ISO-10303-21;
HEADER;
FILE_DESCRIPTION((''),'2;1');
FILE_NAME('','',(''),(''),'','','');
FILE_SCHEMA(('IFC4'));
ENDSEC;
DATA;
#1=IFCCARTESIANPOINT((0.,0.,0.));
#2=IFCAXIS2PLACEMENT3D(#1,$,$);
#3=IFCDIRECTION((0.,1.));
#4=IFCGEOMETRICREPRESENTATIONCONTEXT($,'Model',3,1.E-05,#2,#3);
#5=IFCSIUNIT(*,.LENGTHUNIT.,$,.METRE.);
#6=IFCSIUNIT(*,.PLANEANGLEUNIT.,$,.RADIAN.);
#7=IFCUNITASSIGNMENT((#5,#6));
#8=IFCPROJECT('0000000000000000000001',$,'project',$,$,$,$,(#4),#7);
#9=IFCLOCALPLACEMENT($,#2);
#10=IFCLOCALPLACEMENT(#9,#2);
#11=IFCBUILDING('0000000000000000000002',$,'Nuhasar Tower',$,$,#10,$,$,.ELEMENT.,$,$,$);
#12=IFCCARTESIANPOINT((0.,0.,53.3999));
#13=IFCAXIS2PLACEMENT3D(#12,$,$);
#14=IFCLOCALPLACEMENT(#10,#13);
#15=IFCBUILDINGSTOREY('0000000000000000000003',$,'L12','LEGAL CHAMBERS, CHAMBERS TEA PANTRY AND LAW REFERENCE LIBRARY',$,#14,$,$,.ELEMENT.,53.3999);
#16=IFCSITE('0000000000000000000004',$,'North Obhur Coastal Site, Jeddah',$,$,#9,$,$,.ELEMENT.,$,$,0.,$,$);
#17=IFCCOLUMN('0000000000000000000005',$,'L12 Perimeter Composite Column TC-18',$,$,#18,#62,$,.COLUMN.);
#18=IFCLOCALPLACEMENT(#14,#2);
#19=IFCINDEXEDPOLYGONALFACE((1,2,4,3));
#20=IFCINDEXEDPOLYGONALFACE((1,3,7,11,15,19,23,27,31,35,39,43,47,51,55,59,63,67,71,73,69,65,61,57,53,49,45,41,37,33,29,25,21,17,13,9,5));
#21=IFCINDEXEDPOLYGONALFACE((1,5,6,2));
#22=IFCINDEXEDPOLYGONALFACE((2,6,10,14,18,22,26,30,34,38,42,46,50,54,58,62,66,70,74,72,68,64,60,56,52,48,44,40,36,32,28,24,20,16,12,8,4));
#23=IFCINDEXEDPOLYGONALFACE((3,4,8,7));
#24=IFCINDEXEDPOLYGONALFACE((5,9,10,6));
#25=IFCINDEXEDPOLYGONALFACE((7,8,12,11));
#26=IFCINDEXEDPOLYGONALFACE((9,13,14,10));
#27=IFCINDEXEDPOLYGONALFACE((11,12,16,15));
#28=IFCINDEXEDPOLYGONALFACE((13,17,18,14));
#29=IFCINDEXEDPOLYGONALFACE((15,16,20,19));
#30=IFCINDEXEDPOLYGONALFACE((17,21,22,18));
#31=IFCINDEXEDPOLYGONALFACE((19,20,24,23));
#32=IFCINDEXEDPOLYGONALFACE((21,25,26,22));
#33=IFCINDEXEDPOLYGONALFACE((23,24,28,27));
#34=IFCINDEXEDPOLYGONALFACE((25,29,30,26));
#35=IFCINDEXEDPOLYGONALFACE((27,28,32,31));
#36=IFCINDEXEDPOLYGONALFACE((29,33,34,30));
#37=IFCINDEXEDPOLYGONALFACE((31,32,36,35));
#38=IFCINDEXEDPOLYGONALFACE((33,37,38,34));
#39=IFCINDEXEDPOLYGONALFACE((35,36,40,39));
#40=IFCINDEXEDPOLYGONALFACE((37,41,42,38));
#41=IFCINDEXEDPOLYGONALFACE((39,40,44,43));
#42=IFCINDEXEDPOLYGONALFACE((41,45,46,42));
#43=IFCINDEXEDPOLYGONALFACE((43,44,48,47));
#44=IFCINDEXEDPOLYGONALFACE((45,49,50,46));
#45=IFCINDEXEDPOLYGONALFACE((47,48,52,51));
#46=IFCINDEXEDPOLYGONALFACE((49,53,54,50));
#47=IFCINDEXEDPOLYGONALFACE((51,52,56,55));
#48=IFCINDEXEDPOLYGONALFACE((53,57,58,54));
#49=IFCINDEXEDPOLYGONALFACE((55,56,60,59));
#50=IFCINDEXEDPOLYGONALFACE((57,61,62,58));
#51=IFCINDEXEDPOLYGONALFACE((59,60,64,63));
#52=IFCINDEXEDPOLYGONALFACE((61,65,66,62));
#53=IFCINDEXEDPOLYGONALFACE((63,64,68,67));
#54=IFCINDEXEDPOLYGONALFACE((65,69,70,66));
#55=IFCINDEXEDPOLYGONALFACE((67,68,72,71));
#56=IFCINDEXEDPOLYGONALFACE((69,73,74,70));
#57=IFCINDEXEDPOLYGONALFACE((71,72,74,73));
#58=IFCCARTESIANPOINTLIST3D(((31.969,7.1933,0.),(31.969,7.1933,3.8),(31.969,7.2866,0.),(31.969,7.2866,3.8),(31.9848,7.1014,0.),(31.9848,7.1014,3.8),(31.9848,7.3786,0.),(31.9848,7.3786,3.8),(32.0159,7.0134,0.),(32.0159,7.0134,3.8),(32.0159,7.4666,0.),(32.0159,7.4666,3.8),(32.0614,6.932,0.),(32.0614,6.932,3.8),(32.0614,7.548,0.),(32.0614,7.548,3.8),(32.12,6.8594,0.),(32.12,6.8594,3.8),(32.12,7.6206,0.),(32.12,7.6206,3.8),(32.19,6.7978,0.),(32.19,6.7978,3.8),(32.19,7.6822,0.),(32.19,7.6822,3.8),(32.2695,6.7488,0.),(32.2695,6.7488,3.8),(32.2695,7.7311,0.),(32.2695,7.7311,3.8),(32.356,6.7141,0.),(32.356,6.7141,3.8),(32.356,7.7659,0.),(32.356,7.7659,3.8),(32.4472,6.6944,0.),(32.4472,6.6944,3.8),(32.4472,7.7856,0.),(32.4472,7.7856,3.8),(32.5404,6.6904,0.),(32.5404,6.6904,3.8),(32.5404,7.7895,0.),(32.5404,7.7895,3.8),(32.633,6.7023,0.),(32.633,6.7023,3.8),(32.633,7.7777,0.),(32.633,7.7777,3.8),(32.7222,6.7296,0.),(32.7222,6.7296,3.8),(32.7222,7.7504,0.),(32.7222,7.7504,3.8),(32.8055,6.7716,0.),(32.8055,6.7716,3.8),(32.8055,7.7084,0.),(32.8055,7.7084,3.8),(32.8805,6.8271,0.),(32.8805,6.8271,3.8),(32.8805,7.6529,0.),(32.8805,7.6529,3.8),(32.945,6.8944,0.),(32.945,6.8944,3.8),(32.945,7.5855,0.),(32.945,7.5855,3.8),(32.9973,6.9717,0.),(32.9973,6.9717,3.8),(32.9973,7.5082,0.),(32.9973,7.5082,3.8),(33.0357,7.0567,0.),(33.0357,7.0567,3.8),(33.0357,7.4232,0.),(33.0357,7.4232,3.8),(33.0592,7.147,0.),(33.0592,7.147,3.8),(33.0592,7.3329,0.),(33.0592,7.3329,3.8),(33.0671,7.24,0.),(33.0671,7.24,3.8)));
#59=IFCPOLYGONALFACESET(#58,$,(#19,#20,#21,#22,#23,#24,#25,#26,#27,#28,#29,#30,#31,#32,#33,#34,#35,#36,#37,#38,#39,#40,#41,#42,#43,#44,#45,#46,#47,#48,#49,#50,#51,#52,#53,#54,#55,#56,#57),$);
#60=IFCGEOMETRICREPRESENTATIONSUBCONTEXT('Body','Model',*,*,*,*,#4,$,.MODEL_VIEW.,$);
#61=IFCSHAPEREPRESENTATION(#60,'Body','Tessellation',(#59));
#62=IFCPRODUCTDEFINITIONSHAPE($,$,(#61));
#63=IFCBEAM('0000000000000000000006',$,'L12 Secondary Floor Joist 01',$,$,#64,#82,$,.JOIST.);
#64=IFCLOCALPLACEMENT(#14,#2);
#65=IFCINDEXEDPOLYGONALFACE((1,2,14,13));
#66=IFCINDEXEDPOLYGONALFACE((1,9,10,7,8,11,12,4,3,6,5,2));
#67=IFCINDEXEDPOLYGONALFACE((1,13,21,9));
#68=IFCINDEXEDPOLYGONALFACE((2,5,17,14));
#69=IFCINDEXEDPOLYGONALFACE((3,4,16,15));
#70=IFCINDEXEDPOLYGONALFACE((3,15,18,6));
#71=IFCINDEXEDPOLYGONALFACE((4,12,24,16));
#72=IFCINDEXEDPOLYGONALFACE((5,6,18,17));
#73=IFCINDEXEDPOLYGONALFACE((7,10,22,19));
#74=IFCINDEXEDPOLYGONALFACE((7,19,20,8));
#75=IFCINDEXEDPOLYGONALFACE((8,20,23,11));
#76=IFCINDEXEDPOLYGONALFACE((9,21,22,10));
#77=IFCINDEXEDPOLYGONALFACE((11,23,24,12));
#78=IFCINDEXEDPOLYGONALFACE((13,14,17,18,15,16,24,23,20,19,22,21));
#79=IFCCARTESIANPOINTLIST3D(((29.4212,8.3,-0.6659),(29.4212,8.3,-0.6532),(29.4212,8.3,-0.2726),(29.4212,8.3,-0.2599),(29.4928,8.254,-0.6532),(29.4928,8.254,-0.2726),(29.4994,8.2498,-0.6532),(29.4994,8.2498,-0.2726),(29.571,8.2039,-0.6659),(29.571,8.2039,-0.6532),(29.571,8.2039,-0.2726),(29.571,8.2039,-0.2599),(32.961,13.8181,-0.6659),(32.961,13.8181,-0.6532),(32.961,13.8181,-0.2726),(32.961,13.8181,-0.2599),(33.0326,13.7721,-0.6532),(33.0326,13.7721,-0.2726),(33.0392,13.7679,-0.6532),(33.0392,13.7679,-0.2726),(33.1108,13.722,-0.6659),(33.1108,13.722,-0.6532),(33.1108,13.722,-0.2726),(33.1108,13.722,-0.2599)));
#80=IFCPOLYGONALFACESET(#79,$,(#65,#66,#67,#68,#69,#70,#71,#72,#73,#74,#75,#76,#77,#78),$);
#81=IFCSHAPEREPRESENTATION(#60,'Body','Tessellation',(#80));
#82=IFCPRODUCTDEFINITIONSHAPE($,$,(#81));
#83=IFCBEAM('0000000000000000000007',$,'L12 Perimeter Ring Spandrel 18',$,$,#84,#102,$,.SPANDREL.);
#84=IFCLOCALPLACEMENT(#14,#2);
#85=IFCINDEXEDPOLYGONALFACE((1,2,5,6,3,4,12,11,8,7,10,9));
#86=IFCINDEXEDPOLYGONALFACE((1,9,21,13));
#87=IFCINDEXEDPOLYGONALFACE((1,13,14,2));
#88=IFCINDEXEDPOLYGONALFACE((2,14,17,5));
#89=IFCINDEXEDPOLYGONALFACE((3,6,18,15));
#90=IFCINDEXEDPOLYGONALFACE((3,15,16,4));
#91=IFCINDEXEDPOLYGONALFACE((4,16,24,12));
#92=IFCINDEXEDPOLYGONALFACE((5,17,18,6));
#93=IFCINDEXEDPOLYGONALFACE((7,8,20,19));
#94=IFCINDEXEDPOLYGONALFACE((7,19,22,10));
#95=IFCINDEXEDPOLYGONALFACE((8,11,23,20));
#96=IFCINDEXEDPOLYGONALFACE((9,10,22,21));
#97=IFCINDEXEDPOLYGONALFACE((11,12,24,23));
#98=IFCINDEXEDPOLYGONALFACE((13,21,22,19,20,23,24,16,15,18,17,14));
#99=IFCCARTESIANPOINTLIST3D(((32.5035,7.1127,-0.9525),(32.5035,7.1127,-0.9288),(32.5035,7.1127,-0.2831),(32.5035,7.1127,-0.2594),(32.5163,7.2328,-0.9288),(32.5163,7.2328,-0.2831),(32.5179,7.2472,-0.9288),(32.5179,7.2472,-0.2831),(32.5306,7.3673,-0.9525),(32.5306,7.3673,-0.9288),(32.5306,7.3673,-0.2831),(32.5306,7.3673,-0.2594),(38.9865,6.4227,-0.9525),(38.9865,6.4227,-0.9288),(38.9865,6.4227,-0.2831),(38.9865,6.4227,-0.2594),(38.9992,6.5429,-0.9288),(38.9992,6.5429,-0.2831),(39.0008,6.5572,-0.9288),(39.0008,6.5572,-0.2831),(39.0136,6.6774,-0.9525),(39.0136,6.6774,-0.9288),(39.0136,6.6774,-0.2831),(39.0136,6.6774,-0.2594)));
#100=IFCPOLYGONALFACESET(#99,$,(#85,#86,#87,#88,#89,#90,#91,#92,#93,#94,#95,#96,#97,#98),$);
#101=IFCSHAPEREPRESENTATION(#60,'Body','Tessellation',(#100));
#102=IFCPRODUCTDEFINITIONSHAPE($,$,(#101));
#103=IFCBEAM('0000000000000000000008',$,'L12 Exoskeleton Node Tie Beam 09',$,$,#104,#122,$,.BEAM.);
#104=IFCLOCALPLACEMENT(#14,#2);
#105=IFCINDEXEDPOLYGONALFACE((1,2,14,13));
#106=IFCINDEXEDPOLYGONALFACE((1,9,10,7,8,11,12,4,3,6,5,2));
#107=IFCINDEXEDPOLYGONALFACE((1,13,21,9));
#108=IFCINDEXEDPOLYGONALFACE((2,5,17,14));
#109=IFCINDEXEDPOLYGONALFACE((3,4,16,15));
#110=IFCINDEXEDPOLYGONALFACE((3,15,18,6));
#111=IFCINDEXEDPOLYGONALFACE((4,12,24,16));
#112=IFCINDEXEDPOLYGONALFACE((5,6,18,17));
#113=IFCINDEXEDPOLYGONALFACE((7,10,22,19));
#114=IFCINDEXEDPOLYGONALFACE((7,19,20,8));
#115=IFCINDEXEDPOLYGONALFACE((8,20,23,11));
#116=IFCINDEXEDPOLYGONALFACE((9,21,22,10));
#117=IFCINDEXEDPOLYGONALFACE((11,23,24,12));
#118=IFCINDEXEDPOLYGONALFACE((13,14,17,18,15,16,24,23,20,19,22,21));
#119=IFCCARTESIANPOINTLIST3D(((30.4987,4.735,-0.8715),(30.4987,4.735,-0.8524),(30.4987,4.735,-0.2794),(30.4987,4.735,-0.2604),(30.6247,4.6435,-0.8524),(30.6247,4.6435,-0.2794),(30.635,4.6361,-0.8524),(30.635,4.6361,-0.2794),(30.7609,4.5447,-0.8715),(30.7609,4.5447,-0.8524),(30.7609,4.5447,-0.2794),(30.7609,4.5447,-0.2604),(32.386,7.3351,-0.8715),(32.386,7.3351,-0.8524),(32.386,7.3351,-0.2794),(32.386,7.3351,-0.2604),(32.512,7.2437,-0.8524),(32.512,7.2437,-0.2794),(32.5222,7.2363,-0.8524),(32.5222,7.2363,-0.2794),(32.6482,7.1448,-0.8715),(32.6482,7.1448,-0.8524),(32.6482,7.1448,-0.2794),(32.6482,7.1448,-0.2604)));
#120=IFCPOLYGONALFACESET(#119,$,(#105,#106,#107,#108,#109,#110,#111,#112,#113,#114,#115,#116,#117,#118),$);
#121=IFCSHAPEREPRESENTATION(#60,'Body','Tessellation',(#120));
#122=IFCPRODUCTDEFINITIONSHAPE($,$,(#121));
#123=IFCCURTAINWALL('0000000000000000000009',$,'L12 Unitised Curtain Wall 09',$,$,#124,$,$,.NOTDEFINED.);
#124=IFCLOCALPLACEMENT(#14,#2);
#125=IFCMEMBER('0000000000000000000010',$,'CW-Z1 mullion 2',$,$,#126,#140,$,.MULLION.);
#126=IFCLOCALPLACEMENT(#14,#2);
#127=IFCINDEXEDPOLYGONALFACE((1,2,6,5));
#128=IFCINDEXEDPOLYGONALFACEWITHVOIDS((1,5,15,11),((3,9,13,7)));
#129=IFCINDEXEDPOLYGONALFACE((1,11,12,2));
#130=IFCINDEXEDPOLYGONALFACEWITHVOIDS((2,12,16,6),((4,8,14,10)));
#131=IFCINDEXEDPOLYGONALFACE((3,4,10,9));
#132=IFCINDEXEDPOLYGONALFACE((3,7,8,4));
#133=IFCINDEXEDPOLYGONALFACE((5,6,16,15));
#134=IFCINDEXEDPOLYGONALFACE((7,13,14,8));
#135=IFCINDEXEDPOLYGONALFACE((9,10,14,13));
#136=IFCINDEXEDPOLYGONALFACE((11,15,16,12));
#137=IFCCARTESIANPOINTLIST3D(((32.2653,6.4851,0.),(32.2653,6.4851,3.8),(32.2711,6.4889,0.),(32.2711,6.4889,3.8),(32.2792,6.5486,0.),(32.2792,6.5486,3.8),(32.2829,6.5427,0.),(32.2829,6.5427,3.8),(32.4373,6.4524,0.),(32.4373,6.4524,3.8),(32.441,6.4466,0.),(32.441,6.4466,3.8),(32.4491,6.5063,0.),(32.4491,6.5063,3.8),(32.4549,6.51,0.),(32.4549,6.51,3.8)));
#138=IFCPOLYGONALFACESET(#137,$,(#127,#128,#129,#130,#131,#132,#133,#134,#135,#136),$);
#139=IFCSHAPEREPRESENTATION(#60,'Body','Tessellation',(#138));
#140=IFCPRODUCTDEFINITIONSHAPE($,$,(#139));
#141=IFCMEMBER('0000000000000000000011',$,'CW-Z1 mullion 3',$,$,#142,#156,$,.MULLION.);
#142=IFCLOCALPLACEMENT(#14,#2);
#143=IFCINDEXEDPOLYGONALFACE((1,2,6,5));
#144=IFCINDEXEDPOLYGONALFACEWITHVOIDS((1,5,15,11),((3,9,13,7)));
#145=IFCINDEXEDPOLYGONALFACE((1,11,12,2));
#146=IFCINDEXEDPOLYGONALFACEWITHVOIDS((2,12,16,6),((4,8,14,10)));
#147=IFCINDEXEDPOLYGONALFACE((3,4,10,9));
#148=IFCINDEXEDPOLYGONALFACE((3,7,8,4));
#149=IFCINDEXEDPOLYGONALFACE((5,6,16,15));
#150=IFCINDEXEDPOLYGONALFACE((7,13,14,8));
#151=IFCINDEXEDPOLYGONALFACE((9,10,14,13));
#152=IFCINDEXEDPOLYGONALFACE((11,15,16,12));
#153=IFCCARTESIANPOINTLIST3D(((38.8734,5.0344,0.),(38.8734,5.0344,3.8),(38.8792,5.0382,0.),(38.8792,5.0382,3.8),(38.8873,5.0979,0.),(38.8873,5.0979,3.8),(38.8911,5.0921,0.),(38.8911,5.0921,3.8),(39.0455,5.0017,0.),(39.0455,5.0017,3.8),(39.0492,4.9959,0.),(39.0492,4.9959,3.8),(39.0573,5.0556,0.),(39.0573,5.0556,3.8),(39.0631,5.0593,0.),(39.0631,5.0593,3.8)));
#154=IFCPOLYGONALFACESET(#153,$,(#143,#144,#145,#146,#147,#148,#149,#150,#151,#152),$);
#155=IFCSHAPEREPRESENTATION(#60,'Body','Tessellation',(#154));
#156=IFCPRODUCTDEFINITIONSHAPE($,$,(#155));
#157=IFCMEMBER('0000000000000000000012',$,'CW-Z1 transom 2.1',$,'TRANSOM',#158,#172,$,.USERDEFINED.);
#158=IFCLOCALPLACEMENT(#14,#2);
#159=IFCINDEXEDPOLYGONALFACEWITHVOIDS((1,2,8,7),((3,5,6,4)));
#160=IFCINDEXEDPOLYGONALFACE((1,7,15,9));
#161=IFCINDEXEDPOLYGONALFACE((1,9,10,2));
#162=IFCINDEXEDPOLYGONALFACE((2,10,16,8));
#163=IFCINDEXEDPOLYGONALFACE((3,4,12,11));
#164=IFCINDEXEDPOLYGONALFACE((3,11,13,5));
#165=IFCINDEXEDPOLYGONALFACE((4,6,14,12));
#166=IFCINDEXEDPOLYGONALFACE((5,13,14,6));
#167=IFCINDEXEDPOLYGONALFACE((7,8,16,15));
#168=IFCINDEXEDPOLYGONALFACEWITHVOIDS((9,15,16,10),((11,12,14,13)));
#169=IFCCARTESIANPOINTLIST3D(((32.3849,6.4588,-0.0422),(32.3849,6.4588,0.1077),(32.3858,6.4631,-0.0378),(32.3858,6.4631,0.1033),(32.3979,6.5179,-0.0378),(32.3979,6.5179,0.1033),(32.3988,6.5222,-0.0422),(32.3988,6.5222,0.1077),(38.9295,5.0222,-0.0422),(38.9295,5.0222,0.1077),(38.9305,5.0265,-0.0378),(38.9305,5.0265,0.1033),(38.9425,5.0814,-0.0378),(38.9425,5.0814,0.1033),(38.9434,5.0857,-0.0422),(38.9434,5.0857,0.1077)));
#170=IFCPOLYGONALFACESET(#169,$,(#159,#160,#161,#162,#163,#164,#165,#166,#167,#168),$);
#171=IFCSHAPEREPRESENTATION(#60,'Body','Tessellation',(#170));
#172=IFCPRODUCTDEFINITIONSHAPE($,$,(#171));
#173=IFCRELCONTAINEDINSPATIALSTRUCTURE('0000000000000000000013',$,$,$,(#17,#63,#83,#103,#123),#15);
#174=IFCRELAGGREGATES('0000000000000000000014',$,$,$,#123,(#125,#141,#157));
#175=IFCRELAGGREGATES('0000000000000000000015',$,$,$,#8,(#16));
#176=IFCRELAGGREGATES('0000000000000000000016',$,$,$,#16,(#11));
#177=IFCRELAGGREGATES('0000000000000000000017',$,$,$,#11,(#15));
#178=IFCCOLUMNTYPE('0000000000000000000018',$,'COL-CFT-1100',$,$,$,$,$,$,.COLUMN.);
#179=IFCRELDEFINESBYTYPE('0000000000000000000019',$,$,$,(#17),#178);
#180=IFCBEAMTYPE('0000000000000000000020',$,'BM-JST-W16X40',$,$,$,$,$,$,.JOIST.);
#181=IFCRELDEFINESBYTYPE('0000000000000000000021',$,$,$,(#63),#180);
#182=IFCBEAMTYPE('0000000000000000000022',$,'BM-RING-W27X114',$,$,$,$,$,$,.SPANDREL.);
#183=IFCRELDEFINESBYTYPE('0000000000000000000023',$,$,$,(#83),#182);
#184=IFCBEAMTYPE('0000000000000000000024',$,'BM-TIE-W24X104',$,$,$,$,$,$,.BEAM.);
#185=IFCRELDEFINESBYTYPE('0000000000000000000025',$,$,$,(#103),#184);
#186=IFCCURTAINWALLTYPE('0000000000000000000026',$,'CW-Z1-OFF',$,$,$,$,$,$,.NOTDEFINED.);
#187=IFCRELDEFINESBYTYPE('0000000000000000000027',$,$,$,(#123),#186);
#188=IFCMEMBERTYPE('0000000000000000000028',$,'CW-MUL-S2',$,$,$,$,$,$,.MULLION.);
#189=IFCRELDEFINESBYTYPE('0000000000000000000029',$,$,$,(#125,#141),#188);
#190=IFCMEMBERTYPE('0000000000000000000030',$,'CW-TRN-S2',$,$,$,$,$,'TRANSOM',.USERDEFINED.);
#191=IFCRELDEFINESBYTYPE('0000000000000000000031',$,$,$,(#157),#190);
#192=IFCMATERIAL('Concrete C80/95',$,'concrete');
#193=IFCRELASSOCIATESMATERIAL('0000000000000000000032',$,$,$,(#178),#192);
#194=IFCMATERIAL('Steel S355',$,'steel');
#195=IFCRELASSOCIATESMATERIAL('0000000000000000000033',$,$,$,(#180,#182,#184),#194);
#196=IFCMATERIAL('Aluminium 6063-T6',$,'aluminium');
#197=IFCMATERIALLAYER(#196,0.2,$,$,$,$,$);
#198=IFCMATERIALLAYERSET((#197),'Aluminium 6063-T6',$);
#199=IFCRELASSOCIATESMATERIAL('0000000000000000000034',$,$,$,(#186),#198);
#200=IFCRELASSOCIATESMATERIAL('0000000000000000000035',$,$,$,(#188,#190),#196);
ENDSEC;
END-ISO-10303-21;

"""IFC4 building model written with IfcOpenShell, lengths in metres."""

from ifc_helpers import new_model, si_unit, direction, frame, origin, origin_2d, place, context, subcontext, project, spatial, hollow_rectangle, circle, i_section, extrude, material, layer, layer_set, material_profile, profile_set, type_object, element, aggregate, save


model = new_model("IFC4")

# Units and contexts
model_context = context("Model", 3, precision=1e-05, world=origin(), true_north=direction((0.0, 1.0)))
body_context = subcontext(model_context, "Body", "Model", "MODEL_VIEW")
ifc_project = project(units=[si_unit("LENGTHUNIT", "METRE"), si_unit("PLANEANGLEUNIT", "RADIAN")], contexts=[model_context])

# Site, building, storey
site_placement = place(None, origin())
site = spatial("IfcSite", under=ifc_project, at=site_placement, Name="North Obhur Coastal Site, Jeddah", CompositionType="ELEMENT", RefElevation=0.0)
building_placement = place(site_placement, origin())
building = spatial("IfcBuilding", under=site, at=building_placement, Name="Nuhasar Tower", CompositionType="ELEMENT")
storey_placement = place(building_placement, frame((0.0, 0.0, 53.3999)))
storey = spatial("IfcBuildingStorey", under=building, at=storey_placement, Name="L12", Description="LEGAL CHAMBERS, CHAMBERS TEA PANTRY AND LAW REFERENCE LIBRARY", CompositionType="ELEMENT", Elevation=53.3999)

# Column
ifc_material_1 = material(Name="Concrete C80/95", Category="concrete")
ifc_material_profile_1 = material_profile(ifc_material_1, circle(Radius=0.55, at=origin_2d()), Name="CFT1100")
ifc_profile_set_1 = profile_set([ifc_material_profile_1], Name="Concrete C80/95")
column_type = type_object("IfcColumnType", Name="COL-CFT-1100", PredefinedType="COLUMN", material=ifc_profile_set_1)
column_placement = place(storey_placement, frame((32.5171, 7.24, 0.0), z_axis=(0.0, 0.0, 1.0), x_axis=(1.0, 0.0, 0.0)))
element("IfcColumn", 1, at=column_placement, inside=storey, type_object=column_type, Name="L12 Perimeter Composite Column TC-18", PredefinedType="COLUMN", context=body_context, shape_type="SweptSolid", body=[
    extrude(circle(Radius=0.55, at=origin_2d()), origin(), (0.0, 0.0, 1.0), 3.8),
])

# Beams
ifc_material_2 = material(Name="Steel S355", Category="steel")
ifc_material_profile_2 = material_profile(ifc_material_2, i_section(OverallWidth=0.178, OverallDepth=0.406, WebThickness=0.0078, FlangeThickness=0.0127, at=origin_2d()), Name="W16X40")
ifc_profile_set_2 = profile_set([ifc_material_profile_2], Name="Steel S355")
beam_type_1 = type_object("IfcBeamType", Name="BM-JST-W16X40", PredefinedType="JOIST", material=ifc_profile_set_2)
beam_1_placement = place(storey_placement, frame((33.0359, 13.77, -0.4629), z_axis=(-0.539944, -0.841701, 0.0), x_axis=(0.841701, -0.539944, 0.0)))
element("IfcBeam", 2, at=beam_1_placement, inside=storey, type_object=beam_type_1, Name="L12 Secondary Floor Joist 01", PredefinedType="JOIST", context=body_context, shape_type="SweptSolid", body=[
    extrude(i_section(OverallWidth=0.178, OverallDepth=0.406, WebThickness=0.0078, FlangeThickness=0.0127, at=origin_2d()), origin(), (0.0, 0.0, 1.0), 6.5559),
])
ifc_material_profile_3 = material_profile(ifc_material_2, i_section(OverallWidth=0.2561, OverallDepth=0.6931, WebThickness=0.0144, FlangeThickness=0.0237, at=origin_2d()), Name="W27X114")
ifc_profile_set_3 = profile_set([ifc_material_profile_3], Name="Steel S355")
beam_type_2 = type_object("IfcBeamType", Name="BM-RING-W27X114", PredefinedType="SPANDREL", material=ifc_profile_set_3)
beam_2_placement = place(storey_placement, frame((32.5171, 7.24, -0.606), z_axis=(0.994385, -0.105827, 0.0), x_axis=(0.105827, 0.994385, 0.0)))
element("IfcBeam", 3, at=beam_2_placement, inside=storey, type_object=beam_type_2, Name="L12 Perimeter Ring Spandrel 18", PredefinedType="SPANDREL", context=body_context, shape_type="SweptSolid", body=[
    extrude(i_section(OverallWidth=0.2561, OverallDepth=0.6931, WebThickness=0.0144, FlangeThickness=0.0237, at=origin_2d()), origin(), (0.0, 0.0, 1.0), 6.5195),
])
ifc_material_profile_4 = material_profile(ifc_material_2, i_section(OverallWidth=0.324, OverallDepth=0.6111, WebThickness=0.0127, FlangeThickness=0.019, at=origin_2d()), Name="W24X104")
ifc_profile_set_4 = profile_set([ifc_material_profile_4], Name="Steel S355")
beam_type_3 = type_object("IfcBeamType", Name="BM-TIE-W24X104", PredefinedType="BEAM", material=ifc_profile_set_4)
beam_3_placement = place(storey_placement, frame((32.5171, 7.24, -0.5659), z_axis=(-0.587403, -0.809294, 0.0), x_axis=(0.809294, -0.587403, 0.0)))
element("IfcBeam", 4, at=beam_3_placement, inside=storey, type_object=beam_type_3, Name="L12 Exoskeleton Node Tie Beam 09", PredefinedType="BEAM", context=body_context, shape_type="SweptSolid", body=[
    extrude(i_section(OverallWidth=0.324, OverallDepth=0.6111, WebThickness=0.0127, FlangeThickness=0.019, at=origin_2d()), origin(), (0.0, 0.0, 1.0), 3.2129),
])

# Curtain wall, members
ifc_material_3 = material(Name="Aluminium 6063-T6", Category="aluminium")
ifc_layer_1 = layer(ifc_material_3, 0.2)
ifc_layer_set_1 = layer_set([ifc_layer_1], Name="Aluminium 6063-T6")
curtain_wall_type = type_object("IfcCurtainWallType", Name="CW-Z1-OFF", PredefinedType="NOTDEFINED", material=ifc_layer_set_1)
curtain_wall_placement = place(storey_placement, origin())
curtain_wall = element("IfcCurtainWall", 5, at=curtain_wall_placement, inside=storey, type_object=curtain_wall_type, Name="L12 Unitised Curtain Wall 09", PredefinedType="NOTDEFINED")
ifc_material_profile_5 = material_profile(ifc_material_3, hollow_rectangle(XDim=0.0649, YDim=0.1799, WallThickness=0.0049, at=origin_2d()), Name="CWM-2")
ifc_profile_set_5 = profile_set([ifc_material_profile_5], Name="Aluminium 6063-T6")
member_type_1 = type_object("IfcMemberType", Name="CW-MUL-S2", PredefinedType="MULLION", material=ifc_profile_set_5)
member_1_placement = place(storey_placement, frame((32.3601, 6.4976, 0.0), z_axis=(0.0, 0.0, 1.0), x_axis=(0.214399, 0.976746, 0.0)))
member_1 = element("IfcMember", 6, at=member_1_placement, type_object=member_type_1, Name="CW-Z1 mullion 2", PredefinedType="MULLION", context=body_context, shape_type="SweptSolid", body=[
    extrude(hollow_rectangle(XDim=0.0649, YDim=0.1799, WallThickness=0.0049, at=origin_2d()), origin(), (0.0, 0.0, 1.0), 3.8),
])
member_2_placement = place(storey_placement, frame((38.9683, 5.0469, 0.0), z_axis=(0.0, 0.0, 1.0), x_axis=(0.214399, 0.976746, 0.0)))
member_2 = element("IfcMember", 7, at=member_2_placement, type_object=member_type_1, Name="CW-Z1 mullion 3", PredefinedType="MULLION", context=body_context, shape_type="SweptSolid", body=[
    extrude(hollow_rectangle(XDim=0.0649, YDim=0.1799, WallThickness=0.0049, at=origin_2d()), origin(), (0.0, 0.0, 1.0), 3.8),
])
ifc_material_profile_6 = material_profile(ifc_material_3, hollow_rectangle(XDim=0.0649, YDim=0.1499, WallThickness=0.0044, at=origin_2d()), Name="CWT-2")
ifc_profile_set_6 = profile_set([ifc_material_profile_6], Name="Aluminium 6063-T6")
member_type_2 = type_object("IfcMemberType", Name="CW-TRN-S2", ElementType="TRANSOM", PredefinedType="USERDEFINED", material=ifc_profile_set_6)
member_3_placement = place(storey_placement, frame((32.3918, 6.4905, 0.0327), z_axis=(0.976748, -0.214391, 0.0), x_axis=(0.214391, 0.976748, 0.0)))
member_3 = element("IfcMember", 8, at=member_3_placement, type_object=member_type_2, Name="CW-Z1 transom 2.1", ObjectType="TRANSOM", PredefinedType="USERDEFINED", context=body_context, shape_type="SweptSolid", body=[
    extrude(hollow_rectangle(XDim=0.0649, YDim=0.1499, WallThickness=0.0044, at=origin_2d()), origin(), (0.0, 0.0, 1.0), 6.7004),
])

aggregate(curtain_wall, [member_1, member_2, member_3])

save(model, "model.ifc")
